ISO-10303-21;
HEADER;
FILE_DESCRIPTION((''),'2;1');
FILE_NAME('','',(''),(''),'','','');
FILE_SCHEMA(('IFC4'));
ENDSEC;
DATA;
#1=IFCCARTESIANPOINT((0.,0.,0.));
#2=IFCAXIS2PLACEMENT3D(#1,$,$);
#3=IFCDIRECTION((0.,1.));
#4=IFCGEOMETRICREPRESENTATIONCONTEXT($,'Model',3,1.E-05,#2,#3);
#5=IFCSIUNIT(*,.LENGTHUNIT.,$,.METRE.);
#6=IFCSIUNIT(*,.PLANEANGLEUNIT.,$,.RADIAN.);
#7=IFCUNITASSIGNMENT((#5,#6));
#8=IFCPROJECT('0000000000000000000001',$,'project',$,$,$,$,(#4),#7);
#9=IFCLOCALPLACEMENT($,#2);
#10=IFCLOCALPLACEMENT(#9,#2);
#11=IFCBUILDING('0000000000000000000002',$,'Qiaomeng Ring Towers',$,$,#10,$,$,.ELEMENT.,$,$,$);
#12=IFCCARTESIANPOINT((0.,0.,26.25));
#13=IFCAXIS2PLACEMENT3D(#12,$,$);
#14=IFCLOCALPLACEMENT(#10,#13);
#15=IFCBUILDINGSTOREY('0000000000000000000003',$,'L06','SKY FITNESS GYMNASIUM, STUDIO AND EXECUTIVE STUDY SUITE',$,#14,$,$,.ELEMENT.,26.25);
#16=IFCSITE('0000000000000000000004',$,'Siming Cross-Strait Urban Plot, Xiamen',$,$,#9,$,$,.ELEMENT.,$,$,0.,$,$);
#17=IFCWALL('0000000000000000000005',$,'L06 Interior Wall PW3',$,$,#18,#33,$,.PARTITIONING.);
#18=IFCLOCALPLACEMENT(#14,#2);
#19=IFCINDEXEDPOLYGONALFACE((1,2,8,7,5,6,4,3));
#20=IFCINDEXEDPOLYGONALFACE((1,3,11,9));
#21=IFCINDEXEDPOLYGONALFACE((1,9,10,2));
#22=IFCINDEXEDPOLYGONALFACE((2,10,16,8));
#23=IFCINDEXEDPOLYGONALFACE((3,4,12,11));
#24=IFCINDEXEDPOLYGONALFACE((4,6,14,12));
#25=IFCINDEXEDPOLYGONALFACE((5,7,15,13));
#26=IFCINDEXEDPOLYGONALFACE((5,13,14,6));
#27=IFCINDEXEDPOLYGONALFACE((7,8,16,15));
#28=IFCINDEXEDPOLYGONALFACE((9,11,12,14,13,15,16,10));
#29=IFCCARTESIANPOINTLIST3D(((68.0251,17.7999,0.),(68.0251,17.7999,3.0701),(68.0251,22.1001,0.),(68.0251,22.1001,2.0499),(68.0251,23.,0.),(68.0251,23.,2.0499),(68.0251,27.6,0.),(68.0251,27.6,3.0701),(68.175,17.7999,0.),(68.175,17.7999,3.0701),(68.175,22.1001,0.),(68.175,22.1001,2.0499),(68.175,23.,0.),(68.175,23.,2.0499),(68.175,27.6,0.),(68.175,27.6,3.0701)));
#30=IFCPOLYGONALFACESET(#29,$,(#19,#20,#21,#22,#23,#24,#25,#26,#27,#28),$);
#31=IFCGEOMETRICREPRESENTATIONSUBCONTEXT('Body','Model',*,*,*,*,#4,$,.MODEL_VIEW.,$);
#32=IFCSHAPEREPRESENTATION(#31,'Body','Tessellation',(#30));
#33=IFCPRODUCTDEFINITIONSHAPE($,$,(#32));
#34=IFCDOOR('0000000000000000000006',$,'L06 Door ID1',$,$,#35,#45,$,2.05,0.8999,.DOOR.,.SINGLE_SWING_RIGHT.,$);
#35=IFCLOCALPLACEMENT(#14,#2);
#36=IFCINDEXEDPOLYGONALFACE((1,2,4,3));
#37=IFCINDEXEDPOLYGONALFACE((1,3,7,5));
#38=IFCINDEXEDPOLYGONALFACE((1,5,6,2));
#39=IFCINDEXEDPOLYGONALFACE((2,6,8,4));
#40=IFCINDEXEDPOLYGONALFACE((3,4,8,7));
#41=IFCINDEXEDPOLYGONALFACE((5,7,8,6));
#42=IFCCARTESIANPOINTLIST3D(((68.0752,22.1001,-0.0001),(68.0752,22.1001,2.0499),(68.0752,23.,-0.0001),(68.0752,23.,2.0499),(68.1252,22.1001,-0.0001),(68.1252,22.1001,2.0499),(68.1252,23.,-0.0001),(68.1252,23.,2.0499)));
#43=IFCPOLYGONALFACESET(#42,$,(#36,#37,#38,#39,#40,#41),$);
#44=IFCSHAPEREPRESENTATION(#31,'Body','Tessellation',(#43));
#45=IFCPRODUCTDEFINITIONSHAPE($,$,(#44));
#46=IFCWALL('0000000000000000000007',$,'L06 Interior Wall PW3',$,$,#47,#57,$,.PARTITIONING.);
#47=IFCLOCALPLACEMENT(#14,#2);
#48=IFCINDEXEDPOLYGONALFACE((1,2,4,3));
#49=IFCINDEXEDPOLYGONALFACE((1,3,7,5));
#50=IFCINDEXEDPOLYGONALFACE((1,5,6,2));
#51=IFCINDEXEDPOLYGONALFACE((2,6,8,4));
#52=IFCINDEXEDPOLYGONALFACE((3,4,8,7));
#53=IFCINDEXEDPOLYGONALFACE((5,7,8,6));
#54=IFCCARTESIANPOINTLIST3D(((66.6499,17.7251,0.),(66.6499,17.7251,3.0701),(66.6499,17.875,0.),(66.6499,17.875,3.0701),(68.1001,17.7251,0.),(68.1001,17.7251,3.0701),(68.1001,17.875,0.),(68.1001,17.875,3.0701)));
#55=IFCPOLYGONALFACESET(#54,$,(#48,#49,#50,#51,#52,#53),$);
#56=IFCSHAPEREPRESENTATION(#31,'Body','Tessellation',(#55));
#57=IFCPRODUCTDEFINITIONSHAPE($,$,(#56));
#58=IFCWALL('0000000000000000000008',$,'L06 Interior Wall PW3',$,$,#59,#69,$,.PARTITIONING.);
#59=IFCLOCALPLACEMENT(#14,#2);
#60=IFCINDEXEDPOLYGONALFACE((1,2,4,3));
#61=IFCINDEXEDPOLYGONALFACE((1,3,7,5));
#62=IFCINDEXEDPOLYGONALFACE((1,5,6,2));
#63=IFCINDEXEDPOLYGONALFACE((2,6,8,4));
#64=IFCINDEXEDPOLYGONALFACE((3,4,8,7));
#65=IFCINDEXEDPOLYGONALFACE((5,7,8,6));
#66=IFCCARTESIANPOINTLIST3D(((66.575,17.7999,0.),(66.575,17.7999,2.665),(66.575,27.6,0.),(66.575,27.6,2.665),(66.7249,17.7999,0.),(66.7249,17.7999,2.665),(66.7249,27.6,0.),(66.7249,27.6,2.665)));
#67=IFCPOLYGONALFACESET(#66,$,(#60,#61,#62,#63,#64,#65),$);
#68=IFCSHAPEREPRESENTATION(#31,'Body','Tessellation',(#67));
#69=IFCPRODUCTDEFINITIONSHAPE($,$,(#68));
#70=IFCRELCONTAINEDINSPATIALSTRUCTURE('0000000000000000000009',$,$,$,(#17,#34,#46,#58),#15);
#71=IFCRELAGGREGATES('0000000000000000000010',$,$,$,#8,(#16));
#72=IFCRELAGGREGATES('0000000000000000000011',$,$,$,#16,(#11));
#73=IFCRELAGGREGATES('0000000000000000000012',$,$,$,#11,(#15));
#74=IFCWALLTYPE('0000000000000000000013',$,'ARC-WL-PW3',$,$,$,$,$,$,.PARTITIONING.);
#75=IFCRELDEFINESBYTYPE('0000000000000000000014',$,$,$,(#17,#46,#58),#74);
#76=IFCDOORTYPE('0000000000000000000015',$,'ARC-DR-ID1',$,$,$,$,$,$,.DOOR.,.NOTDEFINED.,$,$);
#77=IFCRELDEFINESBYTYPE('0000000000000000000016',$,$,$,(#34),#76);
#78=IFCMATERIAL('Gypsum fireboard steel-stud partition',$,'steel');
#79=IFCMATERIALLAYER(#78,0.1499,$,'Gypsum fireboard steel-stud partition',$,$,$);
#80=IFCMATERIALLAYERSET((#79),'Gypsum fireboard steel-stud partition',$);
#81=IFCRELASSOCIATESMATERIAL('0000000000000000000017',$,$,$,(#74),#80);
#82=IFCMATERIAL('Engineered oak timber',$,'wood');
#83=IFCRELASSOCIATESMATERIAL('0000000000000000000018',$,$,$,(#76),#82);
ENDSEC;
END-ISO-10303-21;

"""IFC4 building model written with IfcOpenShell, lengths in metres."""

from ifc_helpers import new_model, si_unit, direction, frame, frame_2d, origin, place, context, subcontext, project, spatial, rectangle, extrude, source, transform, mapped, material, layer, layer_set, type_object, element, fill, save


model = new_model("IFC4")

# Units and contexts
model_context = context("Model", 3, precision=1e-05, world=origin(), true_north=direction((0.0, 1.0)))
body_context = subcontext(model_context, "Body", "Model", "MODEL_VIEW")
ifc_project = project(units=[si_unit("LENGTHUNIT", "METRE"), si_unit("PLANEANGLEUNIT", "RADIAN")], contexts=[model_context])

# Site, building, storey
site_placement = place(None, origin())
site = spatial("IfcSite", under=ifc_project, at=site_placement, Name="Siming Cross-Strait Urban Plot, Xiamen", CompositionType="ELEMENT", RefElevation=0.0)
building_placement = place(site_placement, origin())
building = spatial("IfcBuilding", under=site, at=building_placement, Name="Qiaomeng Ring Towers", CompositionType="ELEMENT")
storey_placement = place(building_placement, frame((0.0, 0.0, 26.25)))
storey = spatial("IfcBuildingStorey", under=building, at=storey_placement, Name="L06", Description="SKY FITNESS GYMNASIUM, STUDIO AND EXECUTIVE STUDY SUITE", CompositionType="ELEMENT", Elevation=26.25)

# Shared definitions
ifc_material_1 = material(Name="Gypsum fireboard steel-stud partition", Category="steel")
ifc_layer_1 = layer(ifc_material_1, 0.1499, Name="Gypsum fireboard steel-stud partition")
ifc_layer_set_1 = layer_set([ifc_layer_1], Name="Gypsum fireboard steel-stud partition")
wall_type_1 = type_object("IfcWallType", Name="ARC-WL-PW3", PredefinedType="PARTITIONING", material=ifc_layer_set_1)

# Wall, opening, door
wall_1_placement = place(storey_placement, frame((68.1001, 17.8, 0.0), z_axis=(0.0, 0.0, 1.0), x_axis=(0.0, 1.0, 0.0)))
wall_1 = element("IfcWall", 1, at=wall_1_placement, inside=storey, type_object=wall_type_1, Name="L06 Interior Wall PW3", PredefinedType="PARTITIONING", context=body_context, shape_type="SweptSolid", body=[
    extrude(rectangle(XDim=9.8, YDim=0.1499, at=frame_2d((4.8999, 0.0))), origin(), (0.0, 0.0, 1.0), 3.0701),
])
opening_1_placement = place(wall_1_placement, frame((4.3, 0.0, 0.0)))
opening_1 = element("IfcOpeningElement", 2, at=opening_1_placement, cuts=wall_1, PredefinedType="OPENING", context=body_context, shape_type="SweptSolid", body=[
    extrude(rectangle(XDim=0.8999, YDim=2.05, at=frame_2d((0.45, 1.0249))), frame((0.0, 0.085, 0.0), z_axis=(0.0, -1.0, 0.0), x_axis=(1.0, 0.0, 0.0)), (0.0, 0.0, 1.0), 0.1699),
])
ifc_material_2 = material(Name="Engineered oak timber", Category="wood")
door_type_1 = type_object("IfcDoorType", Name="ARC-DR-ID1", OperationType="NOTDEFINED", PredefinedType="DOOR", material=ifc_material_2)
shared_shape_1 = source(origin(), body_context, "Body", "SweptSolid", [
    extrude(rectangle(XDim=0.8999, YDim=2.05, at=frame_2d((0.45, 1.0249))), frame((0.0, 0.0249, 0.0), z_axis=(0.0, -1.0, 0.0), x_axis=(1.0, 0.0, 0.0)), (0.0, 0.0, 1.0), 0.05),
])
door_1_placement = place(opening_1_placement, origin())
door_1 = element("IfcDoor", 3, at=door_1_placement, inside=storey, type_object=door_type_1, Name="L06 Door ID1", OperationType="SINGLE_SWING_RIGHT", OverallHeight=2.05, OverallWidth=0.8999, PredefinedType="DOOR", context=body_context, shape_type="MappedRepresentation", body=[
    mapped(shared_shape_1, transform((0.0, 0.0, 0.0), x_axis=(1.0, 0.0, 0.0), y_axis=(0.0, 1.0, 0.0), z_axis=(0.0, 0.0, 1.0), scale=1.0)),
])
fill(opening_1, door_1)

# Walls
wall_2_placement = place(storey_placement, frame((66.6499, 17.8, 0.0), z_axis=(0.0, 0.0, 1.0), x_axis=(1.0, 0.0, 0.0)))
element("IfcWall", 4, at=wall_2_placement, inside=storey, type_object=wall_type_1, Name="L06 Interior Wall PW3", PredefinedType="PARTITIONING", context=body_context, shape_type="SweptSolid", body=[
    extrude(rectangle(XDim=1.4502, YDim=0.1499, at=frame_2d((0.7251, 0.0))), origin(), (0.0, 0.0, 1.0), 3.0701),
])
wall_3_placement = place(storey_placement, frame((66.6499, 17.8, 0.0), z_axis=(0.0, 0.0, 1.0), x_axis=(0.0, 1.0, 0.0)))
element("IfcWall", 5, at=wall_3_placement, inside=storey, type_object=wall_type_1, Name="L06 Interior Wall PW3", PredefinedType="PARTITIONING", context=body_context, shape_type="SweptSolid", body=[
    extrude(rectangle(XDim=9.8, YDim=0.1499, at=frame_2d((4.8999, 0.0))), origin(), (0.0, 0.0, 1.0), 2.665),
])

save(model, "model.ifc")
